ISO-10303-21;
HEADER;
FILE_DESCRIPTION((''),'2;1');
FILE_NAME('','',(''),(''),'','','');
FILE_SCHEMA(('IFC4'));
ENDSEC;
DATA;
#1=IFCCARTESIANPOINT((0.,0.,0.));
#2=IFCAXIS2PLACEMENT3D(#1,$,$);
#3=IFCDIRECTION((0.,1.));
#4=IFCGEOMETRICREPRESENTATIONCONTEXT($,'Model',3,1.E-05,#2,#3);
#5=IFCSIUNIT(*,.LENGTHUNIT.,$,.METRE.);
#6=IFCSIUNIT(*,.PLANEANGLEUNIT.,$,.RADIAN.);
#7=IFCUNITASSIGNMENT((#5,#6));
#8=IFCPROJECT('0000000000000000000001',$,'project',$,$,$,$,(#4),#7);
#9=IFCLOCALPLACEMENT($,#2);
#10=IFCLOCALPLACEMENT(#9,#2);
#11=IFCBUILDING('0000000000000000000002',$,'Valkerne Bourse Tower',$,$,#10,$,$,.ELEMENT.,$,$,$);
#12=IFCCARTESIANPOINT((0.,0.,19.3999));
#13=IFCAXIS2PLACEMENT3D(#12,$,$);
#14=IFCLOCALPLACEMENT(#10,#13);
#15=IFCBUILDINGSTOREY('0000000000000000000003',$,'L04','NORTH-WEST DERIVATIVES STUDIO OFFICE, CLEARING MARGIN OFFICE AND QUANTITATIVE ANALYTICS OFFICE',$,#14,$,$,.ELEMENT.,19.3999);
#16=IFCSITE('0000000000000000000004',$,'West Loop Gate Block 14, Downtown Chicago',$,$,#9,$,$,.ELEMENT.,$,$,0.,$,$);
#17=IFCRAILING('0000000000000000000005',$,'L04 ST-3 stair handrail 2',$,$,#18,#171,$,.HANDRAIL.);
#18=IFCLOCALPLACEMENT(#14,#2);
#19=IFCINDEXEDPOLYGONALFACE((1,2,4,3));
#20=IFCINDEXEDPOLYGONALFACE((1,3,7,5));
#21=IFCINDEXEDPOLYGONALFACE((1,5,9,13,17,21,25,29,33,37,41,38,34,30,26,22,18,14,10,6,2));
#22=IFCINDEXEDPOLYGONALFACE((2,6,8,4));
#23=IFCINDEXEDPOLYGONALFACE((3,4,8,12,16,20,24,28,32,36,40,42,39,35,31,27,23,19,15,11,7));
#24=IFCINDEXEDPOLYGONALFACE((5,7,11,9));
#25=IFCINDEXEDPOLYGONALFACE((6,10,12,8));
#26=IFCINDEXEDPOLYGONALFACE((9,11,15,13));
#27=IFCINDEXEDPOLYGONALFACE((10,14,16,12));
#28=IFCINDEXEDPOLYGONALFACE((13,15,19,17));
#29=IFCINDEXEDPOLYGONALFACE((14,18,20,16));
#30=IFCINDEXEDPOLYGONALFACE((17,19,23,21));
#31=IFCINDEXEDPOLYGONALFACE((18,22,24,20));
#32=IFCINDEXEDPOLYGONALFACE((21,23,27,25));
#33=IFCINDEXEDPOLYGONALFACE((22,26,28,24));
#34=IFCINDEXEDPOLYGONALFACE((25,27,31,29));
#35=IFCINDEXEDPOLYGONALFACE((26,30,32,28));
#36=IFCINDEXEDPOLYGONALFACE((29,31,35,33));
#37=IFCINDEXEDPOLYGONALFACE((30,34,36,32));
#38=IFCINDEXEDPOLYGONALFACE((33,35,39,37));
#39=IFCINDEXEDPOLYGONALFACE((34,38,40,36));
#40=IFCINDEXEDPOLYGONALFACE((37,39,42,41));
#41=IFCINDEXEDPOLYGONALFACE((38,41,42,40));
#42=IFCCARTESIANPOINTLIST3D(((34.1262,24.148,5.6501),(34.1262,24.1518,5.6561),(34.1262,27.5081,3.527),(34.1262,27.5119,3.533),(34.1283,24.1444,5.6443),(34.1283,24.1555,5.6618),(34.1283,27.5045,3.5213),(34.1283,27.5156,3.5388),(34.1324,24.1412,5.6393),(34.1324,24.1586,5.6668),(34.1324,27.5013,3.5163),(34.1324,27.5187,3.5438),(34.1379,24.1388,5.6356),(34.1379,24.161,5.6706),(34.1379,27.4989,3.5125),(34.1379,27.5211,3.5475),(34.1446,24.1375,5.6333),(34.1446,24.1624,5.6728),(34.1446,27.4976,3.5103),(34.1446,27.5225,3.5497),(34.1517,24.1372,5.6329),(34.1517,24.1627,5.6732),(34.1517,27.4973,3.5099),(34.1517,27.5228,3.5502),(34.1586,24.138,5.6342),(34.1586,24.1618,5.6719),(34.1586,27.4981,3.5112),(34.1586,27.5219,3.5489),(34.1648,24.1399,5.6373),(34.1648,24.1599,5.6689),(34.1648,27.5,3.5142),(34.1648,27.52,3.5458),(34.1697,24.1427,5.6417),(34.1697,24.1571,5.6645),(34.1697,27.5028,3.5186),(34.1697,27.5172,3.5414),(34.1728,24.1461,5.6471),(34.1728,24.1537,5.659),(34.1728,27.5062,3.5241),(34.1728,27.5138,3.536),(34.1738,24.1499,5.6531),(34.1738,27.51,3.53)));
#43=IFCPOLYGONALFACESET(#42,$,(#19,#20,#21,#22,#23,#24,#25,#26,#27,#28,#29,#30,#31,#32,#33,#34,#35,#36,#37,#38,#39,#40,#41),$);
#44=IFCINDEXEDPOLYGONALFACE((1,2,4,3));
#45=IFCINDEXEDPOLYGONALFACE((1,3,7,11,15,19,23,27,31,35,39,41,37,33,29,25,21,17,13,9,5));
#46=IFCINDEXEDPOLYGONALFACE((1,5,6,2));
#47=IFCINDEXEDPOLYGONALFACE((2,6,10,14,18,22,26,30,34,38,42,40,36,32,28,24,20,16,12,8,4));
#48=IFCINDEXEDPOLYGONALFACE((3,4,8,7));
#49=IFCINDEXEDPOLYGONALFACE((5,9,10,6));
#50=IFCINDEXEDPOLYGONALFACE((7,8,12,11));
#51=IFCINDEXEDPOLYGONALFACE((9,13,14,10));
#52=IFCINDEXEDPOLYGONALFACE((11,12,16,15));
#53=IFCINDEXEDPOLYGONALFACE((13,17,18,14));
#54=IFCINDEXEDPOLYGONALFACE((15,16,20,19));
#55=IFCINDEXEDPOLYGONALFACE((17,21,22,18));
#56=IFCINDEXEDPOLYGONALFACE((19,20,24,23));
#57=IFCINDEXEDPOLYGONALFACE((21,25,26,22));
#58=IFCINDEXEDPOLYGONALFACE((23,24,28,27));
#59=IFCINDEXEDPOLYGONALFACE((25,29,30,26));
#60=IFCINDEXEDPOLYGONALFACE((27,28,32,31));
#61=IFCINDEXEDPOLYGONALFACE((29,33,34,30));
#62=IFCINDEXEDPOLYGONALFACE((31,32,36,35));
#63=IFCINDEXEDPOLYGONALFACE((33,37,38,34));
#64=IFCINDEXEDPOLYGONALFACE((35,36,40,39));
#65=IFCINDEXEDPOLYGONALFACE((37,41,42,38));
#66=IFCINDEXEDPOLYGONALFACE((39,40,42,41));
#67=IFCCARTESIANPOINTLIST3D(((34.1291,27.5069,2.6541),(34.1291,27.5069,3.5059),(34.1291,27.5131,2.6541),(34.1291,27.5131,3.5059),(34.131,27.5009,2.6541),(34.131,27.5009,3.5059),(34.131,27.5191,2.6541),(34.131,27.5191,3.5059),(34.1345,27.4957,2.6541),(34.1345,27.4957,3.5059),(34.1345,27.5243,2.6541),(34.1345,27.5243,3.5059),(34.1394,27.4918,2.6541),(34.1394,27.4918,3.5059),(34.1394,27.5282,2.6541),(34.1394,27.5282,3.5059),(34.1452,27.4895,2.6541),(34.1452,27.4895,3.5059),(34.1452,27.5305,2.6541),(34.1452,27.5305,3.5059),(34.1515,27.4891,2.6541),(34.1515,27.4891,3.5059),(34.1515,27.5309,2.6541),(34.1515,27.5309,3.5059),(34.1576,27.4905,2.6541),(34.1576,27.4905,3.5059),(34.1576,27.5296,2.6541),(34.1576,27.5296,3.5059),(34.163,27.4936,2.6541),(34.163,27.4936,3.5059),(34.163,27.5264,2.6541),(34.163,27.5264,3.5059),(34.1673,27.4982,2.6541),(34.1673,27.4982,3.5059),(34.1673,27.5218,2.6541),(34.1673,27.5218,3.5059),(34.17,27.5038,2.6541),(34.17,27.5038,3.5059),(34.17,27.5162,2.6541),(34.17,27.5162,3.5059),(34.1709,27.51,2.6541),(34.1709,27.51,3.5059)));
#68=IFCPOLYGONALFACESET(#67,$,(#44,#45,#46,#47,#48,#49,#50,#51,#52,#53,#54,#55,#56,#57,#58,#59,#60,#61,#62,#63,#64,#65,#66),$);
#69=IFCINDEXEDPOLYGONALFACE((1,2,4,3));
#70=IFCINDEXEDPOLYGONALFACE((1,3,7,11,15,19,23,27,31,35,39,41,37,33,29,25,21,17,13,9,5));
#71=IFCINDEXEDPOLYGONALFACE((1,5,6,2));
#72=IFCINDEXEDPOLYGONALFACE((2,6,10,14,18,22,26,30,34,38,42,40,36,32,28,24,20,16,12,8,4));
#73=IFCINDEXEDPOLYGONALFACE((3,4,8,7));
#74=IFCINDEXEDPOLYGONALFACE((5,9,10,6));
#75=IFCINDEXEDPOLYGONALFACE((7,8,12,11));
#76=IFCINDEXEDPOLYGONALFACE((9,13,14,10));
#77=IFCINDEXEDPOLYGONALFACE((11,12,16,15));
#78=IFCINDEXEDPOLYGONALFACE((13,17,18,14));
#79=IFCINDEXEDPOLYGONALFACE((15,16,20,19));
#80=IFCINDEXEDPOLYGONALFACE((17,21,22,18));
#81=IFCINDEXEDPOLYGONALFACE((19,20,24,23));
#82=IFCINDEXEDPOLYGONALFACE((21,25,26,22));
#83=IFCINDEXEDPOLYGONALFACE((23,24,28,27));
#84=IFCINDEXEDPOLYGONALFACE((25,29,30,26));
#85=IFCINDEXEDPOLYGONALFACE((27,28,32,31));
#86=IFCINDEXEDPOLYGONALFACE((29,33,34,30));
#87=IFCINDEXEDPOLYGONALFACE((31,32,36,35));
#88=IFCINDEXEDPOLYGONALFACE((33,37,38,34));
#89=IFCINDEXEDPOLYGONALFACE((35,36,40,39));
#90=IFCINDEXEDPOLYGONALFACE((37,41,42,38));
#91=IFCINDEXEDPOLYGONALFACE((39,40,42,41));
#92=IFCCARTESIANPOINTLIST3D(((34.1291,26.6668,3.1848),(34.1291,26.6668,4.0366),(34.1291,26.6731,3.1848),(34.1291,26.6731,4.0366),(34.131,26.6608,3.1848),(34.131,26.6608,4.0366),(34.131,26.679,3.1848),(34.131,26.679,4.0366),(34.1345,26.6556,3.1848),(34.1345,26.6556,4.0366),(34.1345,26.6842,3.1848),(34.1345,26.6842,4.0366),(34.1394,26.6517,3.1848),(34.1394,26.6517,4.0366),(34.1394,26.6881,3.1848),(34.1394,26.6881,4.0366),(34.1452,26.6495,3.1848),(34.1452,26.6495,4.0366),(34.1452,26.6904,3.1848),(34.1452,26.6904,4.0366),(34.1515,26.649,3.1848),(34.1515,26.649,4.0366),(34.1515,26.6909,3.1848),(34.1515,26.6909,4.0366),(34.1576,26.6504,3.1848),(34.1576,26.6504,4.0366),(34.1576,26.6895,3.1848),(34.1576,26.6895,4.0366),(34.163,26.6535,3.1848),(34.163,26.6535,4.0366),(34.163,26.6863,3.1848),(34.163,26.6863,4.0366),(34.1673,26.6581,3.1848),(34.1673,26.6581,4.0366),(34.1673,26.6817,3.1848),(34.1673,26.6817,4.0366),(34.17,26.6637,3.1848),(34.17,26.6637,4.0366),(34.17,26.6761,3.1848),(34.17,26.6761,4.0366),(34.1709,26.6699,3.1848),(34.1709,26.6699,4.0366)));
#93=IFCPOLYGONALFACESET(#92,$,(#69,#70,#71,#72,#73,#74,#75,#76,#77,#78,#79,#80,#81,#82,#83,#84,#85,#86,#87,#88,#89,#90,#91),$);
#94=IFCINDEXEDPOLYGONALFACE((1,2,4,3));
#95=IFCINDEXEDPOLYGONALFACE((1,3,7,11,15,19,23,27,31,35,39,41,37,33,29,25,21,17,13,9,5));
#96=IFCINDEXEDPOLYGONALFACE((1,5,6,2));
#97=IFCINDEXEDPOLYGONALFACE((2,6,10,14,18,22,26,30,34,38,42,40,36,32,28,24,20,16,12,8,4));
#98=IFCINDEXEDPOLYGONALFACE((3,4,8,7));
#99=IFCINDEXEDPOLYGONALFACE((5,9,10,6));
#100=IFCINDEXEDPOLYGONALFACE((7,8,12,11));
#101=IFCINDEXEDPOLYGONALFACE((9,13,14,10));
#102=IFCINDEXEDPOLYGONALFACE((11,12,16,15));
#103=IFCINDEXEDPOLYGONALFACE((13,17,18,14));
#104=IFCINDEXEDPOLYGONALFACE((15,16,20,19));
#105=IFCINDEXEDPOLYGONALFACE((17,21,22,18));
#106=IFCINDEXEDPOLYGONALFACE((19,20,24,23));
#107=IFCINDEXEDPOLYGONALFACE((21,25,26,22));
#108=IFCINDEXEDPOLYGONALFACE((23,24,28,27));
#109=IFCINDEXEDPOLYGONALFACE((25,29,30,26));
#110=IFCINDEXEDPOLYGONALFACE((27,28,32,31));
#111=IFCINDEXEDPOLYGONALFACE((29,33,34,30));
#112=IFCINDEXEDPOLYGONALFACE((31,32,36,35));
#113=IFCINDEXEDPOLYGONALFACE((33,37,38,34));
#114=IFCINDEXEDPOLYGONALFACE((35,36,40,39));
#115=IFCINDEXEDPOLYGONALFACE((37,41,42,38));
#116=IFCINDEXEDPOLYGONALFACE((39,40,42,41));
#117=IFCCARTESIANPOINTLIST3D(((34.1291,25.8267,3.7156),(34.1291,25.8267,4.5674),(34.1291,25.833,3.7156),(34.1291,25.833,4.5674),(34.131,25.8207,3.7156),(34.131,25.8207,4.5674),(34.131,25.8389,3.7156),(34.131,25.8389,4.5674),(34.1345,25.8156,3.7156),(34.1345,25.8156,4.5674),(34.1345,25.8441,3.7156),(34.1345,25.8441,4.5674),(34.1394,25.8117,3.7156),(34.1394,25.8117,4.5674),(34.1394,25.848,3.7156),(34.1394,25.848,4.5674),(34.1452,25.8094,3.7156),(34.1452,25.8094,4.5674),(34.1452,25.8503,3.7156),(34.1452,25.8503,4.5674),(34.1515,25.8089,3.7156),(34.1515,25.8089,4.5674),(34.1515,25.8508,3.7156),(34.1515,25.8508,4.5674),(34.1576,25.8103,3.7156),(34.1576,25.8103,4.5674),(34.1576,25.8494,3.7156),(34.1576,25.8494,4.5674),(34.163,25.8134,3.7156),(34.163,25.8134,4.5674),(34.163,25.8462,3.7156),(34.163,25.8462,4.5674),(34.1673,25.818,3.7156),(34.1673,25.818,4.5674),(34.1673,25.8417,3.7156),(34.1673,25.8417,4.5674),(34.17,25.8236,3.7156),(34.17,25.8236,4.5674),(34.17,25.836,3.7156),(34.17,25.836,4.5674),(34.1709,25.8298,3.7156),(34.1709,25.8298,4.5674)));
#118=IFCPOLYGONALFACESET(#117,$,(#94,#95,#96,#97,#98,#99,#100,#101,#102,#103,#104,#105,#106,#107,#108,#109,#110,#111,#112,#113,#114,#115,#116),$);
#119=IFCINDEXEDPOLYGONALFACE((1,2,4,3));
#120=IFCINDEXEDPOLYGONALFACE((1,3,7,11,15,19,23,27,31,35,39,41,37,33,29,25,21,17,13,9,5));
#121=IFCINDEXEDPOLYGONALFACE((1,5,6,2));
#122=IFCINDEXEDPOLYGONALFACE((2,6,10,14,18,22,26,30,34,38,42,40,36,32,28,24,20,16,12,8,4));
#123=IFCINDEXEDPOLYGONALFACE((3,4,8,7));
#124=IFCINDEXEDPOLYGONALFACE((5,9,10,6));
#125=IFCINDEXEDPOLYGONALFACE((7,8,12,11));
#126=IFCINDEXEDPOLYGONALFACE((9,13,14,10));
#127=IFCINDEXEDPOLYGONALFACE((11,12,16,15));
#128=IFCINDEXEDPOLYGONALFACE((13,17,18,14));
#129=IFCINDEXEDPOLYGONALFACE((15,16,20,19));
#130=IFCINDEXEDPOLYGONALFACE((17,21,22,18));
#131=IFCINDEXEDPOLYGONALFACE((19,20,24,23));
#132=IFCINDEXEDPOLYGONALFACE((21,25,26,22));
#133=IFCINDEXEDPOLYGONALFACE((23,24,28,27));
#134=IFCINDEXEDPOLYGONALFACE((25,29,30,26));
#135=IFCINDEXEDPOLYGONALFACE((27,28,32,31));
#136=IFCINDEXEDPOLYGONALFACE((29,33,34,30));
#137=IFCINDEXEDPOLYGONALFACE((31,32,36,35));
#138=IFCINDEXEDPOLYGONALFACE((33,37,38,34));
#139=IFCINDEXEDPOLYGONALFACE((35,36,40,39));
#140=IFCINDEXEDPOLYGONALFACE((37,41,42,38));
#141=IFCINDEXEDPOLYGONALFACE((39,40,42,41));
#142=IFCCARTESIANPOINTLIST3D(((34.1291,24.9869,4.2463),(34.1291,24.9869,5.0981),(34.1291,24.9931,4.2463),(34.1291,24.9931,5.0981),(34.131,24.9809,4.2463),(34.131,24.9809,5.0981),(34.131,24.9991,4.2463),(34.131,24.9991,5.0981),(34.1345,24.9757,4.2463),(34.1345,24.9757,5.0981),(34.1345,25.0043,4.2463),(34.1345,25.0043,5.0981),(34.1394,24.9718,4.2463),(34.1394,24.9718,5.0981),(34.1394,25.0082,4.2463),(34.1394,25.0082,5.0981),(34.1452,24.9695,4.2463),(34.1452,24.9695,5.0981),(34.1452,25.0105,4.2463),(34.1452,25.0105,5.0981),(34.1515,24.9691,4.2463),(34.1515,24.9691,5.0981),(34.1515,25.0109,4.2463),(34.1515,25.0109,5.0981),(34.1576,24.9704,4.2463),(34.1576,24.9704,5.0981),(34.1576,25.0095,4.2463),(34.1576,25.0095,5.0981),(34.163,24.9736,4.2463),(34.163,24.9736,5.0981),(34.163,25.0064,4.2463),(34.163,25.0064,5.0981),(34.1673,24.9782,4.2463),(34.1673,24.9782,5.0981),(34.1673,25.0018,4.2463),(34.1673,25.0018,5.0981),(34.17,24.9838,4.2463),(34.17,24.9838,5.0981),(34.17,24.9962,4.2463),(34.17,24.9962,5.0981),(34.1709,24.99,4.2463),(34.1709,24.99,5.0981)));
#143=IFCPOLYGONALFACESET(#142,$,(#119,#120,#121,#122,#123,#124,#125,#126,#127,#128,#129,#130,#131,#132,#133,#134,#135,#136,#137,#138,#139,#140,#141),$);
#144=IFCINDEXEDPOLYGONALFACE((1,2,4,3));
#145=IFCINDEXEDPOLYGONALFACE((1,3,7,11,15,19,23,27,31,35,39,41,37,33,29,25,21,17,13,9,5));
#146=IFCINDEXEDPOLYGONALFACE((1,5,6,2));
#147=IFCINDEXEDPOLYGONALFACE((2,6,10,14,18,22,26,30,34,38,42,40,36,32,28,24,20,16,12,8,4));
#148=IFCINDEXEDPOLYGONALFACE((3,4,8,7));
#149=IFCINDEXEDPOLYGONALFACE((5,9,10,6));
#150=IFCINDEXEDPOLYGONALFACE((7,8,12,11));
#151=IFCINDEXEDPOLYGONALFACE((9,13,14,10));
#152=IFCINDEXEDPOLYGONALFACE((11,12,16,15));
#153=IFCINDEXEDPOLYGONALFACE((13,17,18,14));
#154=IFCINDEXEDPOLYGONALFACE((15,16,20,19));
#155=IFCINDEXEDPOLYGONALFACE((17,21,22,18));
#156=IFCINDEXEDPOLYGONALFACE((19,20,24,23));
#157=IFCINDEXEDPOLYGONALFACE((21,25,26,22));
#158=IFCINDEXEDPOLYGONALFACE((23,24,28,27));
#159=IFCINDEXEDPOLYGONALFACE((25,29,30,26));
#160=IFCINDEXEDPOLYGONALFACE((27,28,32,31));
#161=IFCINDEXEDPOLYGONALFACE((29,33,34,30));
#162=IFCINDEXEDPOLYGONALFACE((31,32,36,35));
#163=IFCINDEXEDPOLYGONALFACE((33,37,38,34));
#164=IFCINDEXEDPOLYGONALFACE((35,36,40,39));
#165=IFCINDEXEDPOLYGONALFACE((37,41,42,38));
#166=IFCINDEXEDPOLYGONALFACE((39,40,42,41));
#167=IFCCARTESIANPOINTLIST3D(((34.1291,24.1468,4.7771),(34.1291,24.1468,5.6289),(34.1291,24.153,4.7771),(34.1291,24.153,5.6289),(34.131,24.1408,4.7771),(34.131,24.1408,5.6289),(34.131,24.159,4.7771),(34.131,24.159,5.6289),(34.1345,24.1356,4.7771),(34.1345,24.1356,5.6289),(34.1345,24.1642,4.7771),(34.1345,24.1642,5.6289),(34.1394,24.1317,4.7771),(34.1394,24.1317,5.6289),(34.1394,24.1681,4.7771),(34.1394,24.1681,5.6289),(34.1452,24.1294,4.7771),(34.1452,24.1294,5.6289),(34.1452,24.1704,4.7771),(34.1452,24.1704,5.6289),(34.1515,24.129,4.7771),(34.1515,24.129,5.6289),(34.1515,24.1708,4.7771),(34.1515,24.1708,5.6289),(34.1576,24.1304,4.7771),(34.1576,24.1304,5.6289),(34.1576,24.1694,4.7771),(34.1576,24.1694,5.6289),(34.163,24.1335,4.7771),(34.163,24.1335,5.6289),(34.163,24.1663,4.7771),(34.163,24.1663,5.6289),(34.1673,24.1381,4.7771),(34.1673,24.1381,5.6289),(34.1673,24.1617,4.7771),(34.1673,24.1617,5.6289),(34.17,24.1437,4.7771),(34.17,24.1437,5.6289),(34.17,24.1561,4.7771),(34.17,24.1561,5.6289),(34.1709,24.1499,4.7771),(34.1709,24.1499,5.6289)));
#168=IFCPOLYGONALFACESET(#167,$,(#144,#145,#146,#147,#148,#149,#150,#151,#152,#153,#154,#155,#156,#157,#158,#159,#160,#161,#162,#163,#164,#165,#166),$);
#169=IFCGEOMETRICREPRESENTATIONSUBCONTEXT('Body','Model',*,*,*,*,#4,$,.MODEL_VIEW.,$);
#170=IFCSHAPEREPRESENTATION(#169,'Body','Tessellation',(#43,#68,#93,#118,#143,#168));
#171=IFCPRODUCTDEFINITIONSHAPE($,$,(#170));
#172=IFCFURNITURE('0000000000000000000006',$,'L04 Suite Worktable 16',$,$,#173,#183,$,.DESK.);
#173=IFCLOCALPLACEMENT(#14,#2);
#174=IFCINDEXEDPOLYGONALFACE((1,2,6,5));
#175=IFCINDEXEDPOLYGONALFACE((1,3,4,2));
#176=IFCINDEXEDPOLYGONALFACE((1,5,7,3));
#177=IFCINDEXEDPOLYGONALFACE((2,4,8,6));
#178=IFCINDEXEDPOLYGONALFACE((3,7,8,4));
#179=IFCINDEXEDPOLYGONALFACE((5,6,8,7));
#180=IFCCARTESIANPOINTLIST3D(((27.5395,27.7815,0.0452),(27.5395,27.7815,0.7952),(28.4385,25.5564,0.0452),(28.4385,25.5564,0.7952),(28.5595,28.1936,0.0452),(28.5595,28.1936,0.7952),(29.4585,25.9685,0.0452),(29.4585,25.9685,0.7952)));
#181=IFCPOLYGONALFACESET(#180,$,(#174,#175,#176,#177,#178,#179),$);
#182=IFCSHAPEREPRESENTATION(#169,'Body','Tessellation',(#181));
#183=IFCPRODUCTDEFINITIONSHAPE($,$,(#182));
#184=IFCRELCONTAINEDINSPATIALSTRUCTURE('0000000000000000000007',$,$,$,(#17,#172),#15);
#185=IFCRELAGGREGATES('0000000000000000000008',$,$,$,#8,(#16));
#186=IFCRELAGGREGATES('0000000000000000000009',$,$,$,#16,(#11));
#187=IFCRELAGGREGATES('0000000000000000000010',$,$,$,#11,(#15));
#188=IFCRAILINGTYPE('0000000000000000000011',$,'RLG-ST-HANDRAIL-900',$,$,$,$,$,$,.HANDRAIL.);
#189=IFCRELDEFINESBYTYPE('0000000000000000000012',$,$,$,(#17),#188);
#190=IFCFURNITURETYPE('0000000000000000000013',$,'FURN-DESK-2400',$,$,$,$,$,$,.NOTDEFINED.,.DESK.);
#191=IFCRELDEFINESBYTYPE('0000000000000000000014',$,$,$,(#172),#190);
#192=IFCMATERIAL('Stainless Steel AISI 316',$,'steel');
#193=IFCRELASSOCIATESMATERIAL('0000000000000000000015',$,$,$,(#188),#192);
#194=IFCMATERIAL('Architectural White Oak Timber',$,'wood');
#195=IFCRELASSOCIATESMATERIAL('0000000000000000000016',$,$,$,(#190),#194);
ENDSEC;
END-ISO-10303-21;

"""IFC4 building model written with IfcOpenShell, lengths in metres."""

from ifc_helpers import new_model, si_unit, direction, frame, origin, origin_2d, place, context, subcontext, project, spatial, rectangle, circle, extrude, material, type_object, element, save


model = new_model("IFC4")

# Units and contexts
model_context = context("Model", 3, precision=1e-05, world=origin(), true_north=direction((0.0, 1.0)))
body_context = subcontext(model_context, "Body", "Model", "MODEL_VIEW")
ifc_project = project(units=[si_unit("LENGTHUNIT", "METRE"), si_unit("PLANEANGLEUNIT", "RADIAN")], contexts=[model_context])

# Site, building, storey
site_placement = place(None, origin())
site = spatial("IfcSite", under=ifc_project, at=site_placement, Name="West Loop Gate Block 14, Downtown Chicago", CompositionType="ELEMENT", RefElevation=0.0)
building_placement = place(site_placement, origin())
building = spatial("IfcBuilding", under=site, at=building_placement, Name="Valkerne Bourse Tower", CompositionType="ELEMENT")
storey_placement = place(building_placement, frame((0.0, 0.0, 19.3999)))
storey = spatial("IfcBuildingStorey", under=building, at=storey_placement, Name="L04", Description="NORTH-WEST DERIVATIVES STUDIO OFFICE, CLEARING MARGIN OFFICE AND QUANTITATIVE ANALYTICS OFFICE", CompositionType="ELEMENT", Elevation=19.3999)

# Shared definitions
ifc_material_1 = material(Name="Stainless Steel AISI 316", Category="steel")

# Railing
railing_type_1 = type_object("IfcRailingType", Name="RLG-ST-HANDRAIL-900", PredefinedType="HANDRAIL", material=ifc_material_1)
railing_1_placement = place(storey_placement, frame((34.1499, 27.51, 2.6541)))
element("IfcRailing", 1, at=railing_1_placement, inside=storey, type_object=railing_type_1, Name="L04 ST-3 stair handrail 2", PredefinedType="HANDRAIL", context=body_context, shape_type="SweptSolid", body=[
    extrude(circle(Radius=0.0239, at=origin_2d()), frame((0.0, 0.0, 0.876), z_axis=(0.0, -0.84539, 0.53415), x_axis=(1.0, 0.0, 0.0)), (0.0, 0.0, 1.0), 3.9746),
    extrude(circle(Radius=0.021, at=origin_2d()), origin(), (0.0, 0.0, 1.0), 0.8518),
    extrude(circle(Radius=0.021, at=origin_2d()), frame((0.0, -0.8401, 0.5308)), (0.0, 0.0, 1.0), 0.8518),
    extrude(circle(Radius=0.021, at=origin_2d()), frame((0.0, -1.6802, 1.0615)), (0.0, 0.0, 1.0), 0.8518),
    extrude(circle(Radius=0.021, at=origin_2d()), frame((0.0, -2.52, 1.5923)), (0.0, 0.0, 1.0), 0.8518),
    extrude(circle(Radius=0.021, at=origin_2d()), frame((0.0, -3.3601, 2.123)), (0.0, 0.0, 1.0), 0.8518),
])

# Furniture
ifc_material_2 = material(Name="Architectural White Oak Timber", Category="wood")
furniture_type = type_object("IfcFurnitureType", Name="FURN-DESK-2400", AssemblyPlace="NOTDEFINED", PredefinedType="DESK", material=ifc_material_2)
furniture_placement = place(storey_placement, frame((28.499, 26.875, 0.0452), z_axis=(0.0, 0.0, 1.0), x_axis=(-0.374607, 0.927184, 0.0)))
element("IfcFurniture", 2, at=furniture_placement, inside=storey, type_object=furniture_type, Name="L04 Suite Worktable 16", PredefinedType="DESK", context=body_context, shape_type="SweptSolid", body=[
    extrude(rectangle(XDim=2.3999, YDim=1.1001, at=origin_2d()), origin(), (0.0, 0.0, 1.0), 0.75),
])

save(model, "model.ifc")
